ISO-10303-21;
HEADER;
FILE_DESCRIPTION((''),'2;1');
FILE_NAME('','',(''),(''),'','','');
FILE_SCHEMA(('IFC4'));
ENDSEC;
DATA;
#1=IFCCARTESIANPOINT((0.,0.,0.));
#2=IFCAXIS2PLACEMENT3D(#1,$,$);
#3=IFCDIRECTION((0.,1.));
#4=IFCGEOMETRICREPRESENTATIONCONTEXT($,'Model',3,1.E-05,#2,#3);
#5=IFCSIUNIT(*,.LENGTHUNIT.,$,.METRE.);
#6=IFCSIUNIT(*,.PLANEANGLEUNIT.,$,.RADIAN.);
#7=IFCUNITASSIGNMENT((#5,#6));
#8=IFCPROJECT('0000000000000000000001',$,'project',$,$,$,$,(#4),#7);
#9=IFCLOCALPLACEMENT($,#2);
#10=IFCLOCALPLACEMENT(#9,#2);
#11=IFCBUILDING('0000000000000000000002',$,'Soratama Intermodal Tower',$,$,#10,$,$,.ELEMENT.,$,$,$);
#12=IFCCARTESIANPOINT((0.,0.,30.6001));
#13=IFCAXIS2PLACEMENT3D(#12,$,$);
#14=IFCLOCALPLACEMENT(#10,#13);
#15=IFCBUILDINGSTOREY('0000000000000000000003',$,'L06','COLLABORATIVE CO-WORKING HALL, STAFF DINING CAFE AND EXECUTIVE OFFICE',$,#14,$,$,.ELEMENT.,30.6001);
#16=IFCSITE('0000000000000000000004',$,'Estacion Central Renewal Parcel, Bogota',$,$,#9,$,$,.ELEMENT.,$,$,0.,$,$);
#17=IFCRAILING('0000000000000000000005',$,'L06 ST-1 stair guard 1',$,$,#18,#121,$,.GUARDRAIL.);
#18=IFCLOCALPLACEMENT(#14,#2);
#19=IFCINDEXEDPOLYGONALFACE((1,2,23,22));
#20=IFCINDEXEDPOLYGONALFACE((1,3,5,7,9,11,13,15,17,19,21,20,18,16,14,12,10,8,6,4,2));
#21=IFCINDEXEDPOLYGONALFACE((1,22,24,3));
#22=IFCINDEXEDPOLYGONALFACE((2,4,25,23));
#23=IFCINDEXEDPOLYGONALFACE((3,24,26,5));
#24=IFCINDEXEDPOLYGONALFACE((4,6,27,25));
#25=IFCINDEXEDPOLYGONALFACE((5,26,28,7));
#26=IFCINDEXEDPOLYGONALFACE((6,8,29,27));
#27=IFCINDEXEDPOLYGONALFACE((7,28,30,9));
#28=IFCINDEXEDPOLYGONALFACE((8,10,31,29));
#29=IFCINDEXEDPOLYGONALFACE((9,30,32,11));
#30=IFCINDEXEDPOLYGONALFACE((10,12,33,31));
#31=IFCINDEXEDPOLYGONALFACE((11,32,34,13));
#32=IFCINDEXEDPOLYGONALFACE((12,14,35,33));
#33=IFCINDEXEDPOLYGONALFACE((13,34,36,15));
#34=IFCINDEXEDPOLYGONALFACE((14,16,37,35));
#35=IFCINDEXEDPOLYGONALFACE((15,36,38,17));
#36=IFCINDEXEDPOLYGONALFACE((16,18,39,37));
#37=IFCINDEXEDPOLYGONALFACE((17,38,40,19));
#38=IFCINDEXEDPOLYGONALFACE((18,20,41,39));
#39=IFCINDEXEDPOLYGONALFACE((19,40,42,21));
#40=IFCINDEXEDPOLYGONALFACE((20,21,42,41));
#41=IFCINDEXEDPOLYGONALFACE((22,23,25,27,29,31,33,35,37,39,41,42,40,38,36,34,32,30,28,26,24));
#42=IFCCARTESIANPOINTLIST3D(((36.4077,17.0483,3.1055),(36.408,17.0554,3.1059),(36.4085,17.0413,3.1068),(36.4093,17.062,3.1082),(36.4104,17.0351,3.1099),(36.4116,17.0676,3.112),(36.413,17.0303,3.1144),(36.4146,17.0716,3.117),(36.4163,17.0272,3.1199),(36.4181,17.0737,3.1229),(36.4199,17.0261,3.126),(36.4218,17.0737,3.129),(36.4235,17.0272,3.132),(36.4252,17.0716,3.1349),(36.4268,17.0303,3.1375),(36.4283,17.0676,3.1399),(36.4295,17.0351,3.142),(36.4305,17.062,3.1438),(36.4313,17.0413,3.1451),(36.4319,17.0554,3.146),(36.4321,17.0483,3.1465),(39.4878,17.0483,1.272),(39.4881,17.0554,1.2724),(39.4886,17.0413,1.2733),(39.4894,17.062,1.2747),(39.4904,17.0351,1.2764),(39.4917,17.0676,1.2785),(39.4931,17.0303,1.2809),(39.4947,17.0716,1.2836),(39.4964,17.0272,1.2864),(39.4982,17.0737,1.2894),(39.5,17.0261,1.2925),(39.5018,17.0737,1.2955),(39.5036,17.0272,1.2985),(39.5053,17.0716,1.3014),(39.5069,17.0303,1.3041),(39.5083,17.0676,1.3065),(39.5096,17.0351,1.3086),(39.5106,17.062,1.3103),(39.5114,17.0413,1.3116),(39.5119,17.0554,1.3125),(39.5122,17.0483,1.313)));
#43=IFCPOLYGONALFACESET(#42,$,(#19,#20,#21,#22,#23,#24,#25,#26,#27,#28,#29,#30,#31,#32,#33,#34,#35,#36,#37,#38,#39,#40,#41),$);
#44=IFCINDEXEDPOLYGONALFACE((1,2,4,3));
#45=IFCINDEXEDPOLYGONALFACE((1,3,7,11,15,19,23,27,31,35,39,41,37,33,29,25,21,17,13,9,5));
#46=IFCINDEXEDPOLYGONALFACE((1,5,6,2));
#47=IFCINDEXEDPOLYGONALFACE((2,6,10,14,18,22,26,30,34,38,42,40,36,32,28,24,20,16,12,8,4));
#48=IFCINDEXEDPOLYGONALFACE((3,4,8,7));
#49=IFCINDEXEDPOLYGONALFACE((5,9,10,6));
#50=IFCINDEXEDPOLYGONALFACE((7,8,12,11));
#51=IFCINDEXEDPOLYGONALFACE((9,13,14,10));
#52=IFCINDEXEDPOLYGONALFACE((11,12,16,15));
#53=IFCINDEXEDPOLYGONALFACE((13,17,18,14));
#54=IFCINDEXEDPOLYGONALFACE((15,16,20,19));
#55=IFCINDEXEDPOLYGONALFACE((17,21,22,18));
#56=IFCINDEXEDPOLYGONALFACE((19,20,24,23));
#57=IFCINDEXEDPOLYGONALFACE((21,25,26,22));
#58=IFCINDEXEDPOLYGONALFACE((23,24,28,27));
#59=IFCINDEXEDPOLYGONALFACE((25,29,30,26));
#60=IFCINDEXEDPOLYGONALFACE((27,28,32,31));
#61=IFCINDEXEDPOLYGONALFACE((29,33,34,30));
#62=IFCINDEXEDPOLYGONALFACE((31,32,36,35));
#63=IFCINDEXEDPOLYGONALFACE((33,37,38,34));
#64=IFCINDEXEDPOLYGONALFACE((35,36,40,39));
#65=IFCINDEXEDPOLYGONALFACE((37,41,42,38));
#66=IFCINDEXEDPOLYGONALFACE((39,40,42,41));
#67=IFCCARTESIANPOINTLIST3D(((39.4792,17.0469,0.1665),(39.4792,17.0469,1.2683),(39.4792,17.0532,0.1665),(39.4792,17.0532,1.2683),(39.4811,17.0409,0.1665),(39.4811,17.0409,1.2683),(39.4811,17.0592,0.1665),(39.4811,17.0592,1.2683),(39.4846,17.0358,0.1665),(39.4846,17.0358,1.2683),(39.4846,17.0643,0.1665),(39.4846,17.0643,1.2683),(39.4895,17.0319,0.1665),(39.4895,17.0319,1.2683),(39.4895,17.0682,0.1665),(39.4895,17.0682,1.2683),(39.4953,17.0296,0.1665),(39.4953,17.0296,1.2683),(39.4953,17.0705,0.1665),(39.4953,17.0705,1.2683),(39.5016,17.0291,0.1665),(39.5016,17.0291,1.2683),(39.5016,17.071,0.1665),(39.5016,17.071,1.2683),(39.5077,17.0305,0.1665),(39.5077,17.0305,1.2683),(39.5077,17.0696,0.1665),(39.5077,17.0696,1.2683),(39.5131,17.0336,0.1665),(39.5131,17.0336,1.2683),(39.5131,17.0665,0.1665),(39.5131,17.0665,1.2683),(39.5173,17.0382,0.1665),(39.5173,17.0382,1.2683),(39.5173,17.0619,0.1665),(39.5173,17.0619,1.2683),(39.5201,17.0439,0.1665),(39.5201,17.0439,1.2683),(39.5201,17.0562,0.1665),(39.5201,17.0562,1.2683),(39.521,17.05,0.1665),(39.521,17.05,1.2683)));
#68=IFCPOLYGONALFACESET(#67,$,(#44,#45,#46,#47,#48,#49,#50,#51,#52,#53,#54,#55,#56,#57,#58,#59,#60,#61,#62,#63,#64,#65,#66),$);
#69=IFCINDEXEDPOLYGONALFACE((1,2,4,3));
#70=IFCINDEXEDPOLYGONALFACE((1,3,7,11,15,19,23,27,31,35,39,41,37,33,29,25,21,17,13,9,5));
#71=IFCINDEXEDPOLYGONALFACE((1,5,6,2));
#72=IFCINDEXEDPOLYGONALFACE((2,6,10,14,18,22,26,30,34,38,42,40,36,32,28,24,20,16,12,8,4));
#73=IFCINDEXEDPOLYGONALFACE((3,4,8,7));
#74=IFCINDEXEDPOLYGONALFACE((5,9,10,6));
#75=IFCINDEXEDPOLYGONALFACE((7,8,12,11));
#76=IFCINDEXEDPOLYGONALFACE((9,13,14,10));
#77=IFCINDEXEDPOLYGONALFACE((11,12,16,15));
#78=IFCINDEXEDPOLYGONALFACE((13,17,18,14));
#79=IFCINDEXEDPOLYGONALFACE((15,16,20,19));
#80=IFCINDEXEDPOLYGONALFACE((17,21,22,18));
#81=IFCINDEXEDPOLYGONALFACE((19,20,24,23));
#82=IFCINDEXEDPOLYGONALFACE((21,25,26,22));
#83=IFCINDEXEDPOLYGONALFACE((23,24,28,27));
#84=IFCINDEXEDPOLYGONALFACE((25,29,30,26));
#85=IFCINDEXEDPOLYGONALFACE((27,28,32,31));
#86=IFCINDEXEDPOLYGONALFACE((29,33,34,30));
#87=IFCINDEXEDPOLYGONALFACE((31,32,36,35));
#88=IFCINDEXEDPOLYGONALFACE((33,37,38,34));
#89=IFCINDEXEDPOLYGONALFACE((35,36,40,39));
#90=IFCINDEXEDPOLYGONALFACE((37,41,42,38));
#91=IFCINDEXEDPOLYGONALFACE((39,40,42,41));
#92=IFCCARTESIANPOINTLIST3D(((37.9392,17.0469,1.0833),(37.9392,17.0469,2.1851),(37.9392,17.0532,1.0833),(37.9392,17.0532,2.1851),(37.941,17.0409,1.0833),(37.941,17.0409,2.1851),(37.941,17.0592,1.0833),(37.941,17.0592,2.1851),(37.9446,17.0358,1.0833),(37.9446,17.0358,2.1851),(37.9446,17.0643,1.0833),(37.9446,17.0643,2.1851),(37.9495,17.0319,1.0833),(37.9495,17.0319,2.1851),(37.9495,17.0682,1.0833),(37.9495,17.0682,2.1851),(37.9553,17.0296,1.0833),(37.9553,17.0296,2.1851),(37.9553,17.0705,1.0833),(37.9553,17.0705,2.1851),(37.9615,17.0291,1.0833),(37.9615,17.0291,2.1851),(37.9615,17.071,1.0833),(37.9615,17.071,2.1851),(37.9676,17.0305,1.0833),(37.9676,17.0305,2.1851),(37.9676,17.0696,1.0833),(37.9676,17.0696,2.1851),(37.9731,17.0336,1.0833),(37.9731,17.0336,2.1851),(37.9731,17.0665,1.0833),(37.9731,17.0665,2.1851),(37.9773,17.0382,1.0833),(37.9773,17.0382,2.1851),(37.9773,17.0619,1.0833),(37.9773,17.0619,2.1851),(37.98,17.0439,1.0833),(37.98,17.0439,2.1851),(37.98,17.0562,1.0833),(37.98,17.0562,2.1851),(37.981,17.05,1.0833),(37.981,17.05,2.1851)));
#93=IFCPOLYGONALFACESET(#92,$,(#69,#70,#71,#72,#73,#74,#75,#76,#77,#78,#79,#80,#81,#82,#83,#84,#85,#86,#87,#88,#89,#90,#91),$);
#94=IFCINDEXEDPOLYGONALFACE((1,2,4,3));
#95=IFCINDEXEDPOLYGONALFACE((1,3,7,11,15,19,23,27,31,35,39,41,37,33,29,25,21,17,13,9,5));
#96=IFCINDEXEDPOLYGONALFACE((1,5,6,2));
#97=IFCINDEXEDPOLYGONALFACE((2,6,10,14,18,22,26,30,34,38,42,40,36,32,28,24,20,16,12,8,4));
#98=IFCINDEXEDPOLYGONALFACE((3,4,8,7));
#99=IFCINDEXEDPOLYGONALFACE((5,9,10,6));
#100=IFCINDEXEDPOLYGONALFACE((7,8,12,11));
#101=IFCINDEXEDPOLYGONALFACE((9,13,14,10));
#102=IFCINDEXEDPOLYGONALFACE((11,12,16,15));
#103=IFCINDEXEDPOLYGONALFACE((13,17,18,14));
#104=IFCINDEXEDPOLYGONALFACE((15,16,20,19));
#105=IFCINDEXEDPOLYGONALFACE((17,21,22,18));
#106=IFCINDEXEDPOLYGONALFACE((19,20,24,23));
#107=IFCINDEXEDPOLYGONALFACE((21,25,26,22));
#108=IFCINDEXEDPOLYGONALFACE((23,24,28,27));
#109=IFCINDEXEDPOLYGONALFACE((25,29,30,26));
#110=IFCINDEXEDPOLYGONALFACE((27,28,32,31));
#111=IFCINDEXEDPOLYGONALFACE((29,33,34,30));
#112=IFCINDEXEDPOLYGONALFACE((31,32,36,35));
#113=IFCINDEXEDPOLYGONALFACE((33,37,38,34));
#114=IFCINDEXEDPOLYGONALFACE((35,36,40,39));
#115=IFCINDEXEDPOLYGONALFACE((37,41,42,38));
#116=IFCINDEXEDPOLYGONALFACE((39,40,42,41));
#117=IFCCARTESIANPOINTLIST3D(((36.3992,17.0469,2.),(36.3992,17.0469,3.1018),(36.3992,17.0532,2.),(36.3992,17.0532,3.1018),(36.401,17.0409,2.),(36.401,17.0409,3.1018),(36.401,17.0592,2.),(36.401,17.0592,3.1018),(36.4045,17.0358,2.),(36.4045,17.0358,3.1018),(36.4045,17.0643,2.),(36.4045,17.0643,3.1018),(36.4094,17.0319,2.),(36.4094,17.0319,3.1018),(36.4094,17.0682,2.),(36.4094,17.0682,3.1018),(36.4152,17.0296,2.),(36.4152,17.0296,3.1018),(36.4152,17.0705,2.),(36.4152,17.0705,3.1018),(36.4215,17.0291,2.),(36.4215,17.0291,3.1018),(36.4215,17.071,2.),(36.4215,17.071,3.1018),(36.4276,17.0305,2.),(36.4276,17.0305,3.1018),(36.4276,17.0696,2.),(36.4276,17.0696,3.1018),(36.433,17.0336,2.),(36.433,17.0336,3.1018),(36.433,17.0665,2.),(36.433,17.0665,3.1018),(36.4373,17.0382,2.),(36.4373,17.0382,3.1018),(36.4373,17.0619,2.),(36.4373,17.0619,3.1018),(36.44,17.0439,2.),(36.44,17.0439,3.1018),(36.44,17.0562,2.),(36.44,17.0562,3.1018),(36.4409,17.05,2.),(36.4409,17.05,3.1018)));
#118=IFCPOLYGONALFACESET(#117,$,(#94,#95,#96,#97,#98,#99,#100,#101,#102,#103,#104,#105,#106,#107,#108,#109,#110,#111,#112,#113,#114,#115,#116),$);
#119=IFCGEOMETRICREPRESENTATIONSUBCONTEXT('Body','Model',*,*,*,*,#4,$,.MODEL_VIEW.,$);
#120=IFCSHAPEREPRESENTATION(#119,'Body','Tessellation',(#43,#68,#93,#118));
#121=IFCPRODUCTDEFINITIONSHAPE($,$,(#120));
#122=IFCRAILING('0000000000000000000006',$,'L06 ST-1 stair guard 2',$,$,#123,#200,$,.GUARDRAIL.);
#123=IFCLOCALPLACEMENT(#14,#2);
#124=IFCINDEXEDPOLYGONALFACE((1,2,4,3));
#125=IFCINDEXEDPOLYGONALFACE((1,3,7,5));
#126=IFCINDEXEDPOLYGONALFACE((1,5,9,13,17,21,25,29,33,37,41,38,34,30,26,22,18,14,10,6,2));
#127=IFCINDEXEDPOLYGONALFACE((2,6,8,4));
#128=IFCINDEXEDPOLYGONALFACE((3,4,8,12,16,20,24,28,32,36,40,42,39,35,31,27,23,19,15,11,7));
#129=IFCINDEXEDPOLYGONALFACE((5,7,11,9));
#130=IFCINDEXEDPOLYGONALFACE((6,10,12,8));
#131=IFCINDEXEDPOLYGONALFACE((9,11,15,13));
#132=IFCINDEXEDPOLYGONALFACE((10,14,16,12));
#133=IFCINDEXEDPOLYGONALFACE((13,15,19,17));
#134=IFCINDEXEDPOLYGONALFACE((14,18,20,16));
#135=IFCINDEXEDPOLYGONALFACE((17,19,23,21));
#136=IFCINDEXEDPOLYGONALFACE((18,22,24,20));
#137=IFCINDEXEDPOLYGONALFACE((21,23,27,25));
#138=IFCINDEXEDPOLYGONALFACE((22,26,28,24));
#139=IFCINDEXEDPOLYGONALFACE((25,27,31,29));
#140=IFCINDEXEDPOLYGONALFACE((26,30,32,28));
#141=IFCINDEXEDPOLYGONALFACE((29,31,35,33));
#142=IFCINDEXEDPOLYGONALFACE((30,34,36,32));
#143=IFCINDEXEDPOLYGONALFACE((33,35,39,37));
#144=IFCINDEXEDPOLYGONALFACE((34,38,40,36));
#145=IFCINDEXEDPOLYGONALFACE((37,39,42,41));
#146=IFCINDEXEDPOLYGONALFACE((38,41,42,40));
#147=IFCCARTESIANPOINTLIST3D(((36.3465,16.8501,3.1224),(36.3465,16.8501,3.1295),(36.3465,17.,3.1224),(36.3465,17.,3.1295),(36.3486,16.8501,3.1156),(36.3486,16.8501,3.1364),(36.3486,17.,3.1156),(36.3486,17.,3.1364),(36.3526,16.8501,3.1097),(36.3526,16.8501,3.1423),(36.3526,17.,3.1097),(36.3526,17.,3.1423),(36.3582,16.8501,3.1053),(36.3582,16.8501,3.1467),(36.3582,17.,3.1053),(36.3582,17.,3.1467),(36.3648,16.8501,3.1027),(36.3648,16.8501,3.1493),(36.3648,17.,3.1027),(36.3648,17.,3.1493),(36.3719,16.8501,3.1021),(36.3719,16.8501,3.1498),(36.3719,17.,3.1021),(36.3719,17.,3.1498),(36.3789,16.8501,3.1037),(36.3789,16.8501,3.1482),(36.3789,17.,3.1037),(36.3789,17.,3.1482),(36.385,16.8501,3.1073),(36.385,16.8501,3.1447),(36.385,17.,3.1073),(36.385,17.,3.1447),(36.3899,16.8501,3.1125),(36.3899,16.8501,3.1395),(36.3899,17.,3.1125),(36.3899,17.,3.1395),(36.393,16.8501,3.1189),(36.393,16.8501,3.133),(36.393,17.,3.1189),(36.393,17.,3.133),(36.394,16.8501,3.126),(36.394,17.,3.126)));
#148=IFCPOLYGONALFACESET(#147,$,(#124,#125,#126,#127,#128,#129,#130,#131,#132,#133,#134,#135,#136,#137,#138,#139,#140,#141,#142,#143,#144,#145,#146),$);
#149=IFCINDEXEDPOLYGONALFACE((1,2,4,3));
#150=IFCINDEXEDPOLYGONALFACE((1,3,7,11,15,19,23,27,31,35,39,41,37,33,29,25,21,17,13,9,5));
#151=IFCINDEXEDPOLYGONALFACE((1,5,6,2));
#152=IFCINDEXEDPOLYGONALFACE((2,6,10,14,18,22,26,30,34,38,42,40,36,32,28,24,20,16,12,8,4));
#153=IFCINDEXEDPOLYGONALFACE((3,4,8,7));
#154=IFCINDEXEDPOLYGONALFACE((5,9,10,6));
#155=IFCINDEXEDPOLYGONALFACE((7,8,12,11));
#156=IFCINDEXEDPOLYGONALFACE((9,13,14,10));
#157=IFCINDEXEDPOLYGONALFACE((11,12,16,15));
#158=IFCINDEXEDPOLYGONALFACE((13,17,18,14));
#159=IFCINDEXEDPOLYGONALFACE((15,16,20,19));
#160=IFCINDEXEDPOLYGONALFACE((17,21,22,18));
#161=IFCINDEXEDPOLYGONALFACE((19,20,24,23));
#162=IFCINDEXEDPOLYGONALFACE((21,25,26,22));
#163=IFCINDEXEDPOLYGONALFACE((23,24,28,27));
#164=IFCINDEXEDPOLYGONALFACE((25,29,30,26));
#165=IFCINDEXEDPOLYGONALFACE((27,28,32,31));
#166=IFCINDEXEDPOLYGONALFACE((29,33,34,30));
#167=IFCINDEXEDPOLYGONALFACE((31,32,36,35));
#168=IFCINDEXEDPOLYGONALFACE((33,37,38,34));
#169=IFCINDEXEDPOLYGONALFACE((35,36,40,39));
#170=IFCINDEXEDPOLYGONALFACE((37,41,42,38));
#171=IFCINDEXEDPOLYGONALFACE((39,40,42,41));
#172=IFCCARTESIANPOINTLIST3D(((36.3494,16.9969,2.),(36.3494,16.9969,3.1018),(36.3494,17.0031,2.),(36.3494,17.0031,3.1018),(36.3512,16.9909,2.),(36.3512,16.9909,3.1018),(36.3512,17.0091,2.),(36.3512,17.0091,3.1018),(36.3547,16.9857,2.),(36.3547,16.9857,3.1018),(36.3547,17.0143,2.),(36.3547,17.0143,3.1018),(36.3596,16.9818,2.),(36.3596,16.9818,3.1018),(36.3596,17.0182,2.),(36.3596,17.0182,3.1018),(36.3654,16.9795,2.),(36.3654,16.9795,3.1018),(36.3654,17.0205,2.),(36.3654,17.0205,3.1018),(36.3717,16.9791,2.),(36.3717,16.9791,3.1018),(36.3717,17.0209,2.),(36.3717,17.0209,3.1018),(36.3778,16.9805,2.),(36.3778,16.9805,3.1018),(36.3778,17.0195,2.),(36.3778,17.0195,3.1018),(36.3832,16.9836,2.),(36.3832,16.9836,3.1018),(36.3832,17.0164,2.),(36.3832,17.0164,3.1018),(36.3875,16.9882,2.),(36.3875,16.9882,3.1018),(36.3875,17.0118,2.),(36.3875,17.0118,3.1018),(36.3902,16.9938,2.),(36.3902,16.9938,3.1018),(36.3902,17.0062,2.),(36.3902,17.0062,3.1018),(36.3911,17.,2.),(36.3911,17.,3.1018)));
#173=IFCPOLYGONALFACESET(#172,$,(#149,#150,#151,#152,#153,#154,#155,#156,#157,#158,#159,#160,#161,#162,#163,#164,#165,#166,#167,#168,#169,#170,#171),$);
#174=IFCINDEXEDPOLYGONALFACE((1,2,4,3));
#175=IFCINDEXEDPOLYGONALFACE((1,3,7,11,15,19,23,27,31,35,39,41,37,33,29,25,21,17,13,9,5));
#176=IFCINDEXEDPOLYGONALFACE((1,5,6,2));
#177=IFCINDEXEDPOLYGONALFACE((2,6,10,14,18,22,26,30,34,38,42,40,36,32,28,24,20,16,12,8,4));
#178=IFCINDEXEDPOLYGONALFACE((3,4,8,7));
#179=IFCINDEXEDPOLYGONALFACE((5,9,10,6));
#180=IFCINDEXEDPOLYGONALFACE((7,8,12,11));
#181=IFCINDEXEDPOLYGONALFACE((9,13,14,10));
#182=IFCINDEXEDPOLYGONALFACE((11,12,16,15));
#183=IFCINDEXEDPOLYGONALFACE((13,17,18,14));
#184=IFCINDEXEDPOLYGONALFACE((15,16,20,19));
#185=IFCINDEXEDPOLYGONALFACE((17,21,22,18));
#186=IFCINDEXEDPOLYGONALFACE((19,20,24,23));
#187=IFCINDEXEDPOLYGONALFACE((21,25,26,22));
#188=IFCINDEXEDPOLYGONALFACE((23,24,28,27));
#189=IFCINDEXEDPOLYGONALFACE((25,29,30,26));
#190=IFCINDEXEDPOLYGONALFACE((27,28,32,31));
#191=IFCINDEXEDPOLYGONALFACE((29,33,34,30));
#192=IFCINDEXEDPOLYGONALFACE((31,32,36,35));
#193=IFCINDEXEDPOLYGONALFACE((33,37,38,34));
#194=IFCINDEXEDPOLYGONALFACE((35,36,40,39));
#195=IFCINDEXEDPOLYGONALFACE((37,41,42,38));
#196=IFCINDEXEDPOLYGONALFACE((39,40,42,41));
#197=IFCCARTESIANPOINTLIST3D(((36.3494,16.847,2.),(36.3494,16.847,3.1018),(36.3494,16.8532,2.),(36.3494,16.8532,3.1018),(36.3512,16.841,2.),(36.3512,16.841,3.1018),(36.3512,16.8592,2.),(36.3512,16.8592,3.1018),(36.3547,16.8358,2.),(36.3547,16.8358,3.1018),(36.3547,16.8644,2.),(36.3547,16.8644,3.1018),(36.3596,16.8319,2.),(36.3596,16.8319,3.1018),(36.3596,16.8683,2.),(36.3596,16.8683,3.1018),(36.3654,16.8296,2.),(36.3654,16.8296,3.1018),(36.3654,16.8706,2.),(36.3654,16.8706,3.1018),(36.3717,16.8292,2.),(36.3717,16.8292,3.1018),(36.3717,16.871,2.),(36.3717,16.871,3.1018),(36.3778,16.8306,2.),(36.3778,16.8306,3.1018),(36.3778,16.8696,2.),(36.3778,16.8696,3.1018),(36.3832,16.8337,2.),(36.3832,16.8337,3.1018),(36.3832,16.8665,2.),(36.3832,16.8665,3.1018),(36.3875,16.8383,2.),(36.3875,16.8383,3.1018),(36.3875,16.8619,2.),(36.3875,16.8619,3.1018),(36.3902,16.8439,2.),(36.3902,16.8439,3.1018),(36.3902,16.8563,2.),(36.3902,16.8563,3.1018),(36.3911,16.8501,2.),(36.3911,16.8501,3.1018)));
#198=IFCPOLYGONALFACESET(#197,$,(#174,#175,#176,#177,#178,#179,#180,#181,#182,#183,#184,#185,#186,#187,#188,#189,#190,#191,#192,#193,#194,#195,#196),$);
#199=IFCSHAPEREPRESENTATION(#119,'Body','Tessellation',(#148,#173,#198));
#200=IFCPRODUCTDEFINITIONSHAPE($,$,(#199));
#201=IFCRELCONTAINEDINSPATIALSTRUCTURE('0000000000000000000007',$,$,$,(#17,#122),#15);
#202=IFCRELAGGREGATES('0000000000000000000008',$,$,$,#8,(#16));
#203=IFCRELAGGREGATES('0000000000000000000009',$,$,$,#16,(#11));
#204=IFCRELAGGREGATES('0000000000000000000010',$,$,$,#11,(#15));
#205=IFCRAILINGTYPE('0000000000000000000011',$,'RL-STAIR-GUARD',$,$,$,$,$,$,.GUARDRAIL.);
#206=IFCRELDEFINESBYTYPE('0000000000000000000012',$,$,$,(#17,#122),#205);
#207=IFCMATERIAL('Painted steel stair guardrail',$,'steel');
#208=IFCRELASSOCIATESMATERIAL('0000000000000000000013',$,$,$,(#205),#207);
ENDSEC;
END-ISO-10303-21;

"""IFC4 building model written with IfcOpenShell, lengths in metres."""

from ifc_helpers import new_model, si_unit, direction, frame, origin, origin_2d, place, context, subcontext, project, spatial, circle, extrude, material, type_object, element, save


model = new_model("IFC4")

# Units and contexts
model_context = context("Model", 3, precision=1e-05, world=origin(), true_north=direction((0.0, 1.0)))
body_context = subcontext(model_context, "Body", "Model", "MODEL_VIEW")
ifc_project = project(units=[si_unit("LENGTHUNIT", "METRE"), si_unit("PLANEANGLEUNIT", "RADIAN")], contexts=[model_context])

# Site, building, storey
site_placement = place(None, origin())
site = spatial("IfcSite", under=ifc_project, at=site_placement, Name="Estacion Central Renewal Parcel, Bogota", CompositionType="ELEMENT", RefElevation=0.0)
building_placement = place(site_placement, origin())
building = spatial("IfcBuilding", under=site, at=building_placement, Name="Soratama Intermodal Tower", CompositionType="ELEMENT")
storey_placement = place(building_placement, frame((0.0, 0.0, 30.6001)))
storey = spatial("IfcBuildingStorey", under=building, at=storey_placement, Name="L06", Description="COLLABORATIVE CO-WORKING HALL, STAFF DINING CAFE AND EXECUTIVE OFFICE", CompositionType="ELEMENT", Elevation=30.6001)

# Railings
ifc_material_1 = material(Name="Painted steel stair guardrail", Category="steel")
railing_type_1 = type_object("IfcRailingType", Name="RL-STAIR-GUARD", PredefinedType="GUARDRAIL", material=ifc_material_1)
railing_1_placement = place(storey_placement, frame((39.5, 17.05, 0.1665)))
element("IfcRailing", 1, at=railing_1_placement, inside=storey, type_object=railing_type_1, Name="L06 ST-1 stair guard 1", PredefinedType="GUARDRAIL", context=body_context, shape_type="SweptSolid", body=[
    extrude(circle(Radius=0.0239, at=origin_2d()), frame((0.0, 0.0, 1.126), z_axis=(-0.859279, 0.0, 0.511508), x_axis=(0.0, -1.0, 0.0)), (0.0, 0.0, 1.0), 3.5845),
    extrude(circle(Radius=0.021, at=origin_2d()), origin(), (0.0, 0.0, 1.0), 1.1018),
    extrude(circle(Radius=0.021, at=origin_2d()), frame((-1.54, 0.0, 0.9167)), (0.0, 0.0, 1.0), 1.1018),
    extrude(circle(Radius=0.021, at=origin_2d()), frame((-3.0801, 0.0, 1.8335)), (0.0, 0.0, 1.0), 1.1018),
])
railing_2_placement = place(storey_placement, frame((36.3701, 17.0, 2.0)))
element("IfcRailing", 2, at=railing_2_placement, inside=storey, type_object=railing_type_1, Name="L06 ST-1 stair guard 2", PredefinedType="GUARDRAIL", context=body_context, shape_type="SweptSolid", body=[
    extrude(circle(Radius=0.0239, at=origin_2d()), frame((0.0, 0.0, 1.126), z_axis=(0.0, -1.0, 0.0), x_axis=(1.0, 0.0, 0.0)), (0.0, 0.0, 1.0), 0.1499),
    extrude(circle(Radius=0.021, at=origin_2d()), origin(), (0.0, 0.0, 1.0), 1.1018),
    extrude(circle(Radius=0.021, at=origin_2d()), frame((0.0, -0.1499, 0.0)), (0.0, 0.0, 1.0), 1.1018),
])

save(model, "model.ifc")
